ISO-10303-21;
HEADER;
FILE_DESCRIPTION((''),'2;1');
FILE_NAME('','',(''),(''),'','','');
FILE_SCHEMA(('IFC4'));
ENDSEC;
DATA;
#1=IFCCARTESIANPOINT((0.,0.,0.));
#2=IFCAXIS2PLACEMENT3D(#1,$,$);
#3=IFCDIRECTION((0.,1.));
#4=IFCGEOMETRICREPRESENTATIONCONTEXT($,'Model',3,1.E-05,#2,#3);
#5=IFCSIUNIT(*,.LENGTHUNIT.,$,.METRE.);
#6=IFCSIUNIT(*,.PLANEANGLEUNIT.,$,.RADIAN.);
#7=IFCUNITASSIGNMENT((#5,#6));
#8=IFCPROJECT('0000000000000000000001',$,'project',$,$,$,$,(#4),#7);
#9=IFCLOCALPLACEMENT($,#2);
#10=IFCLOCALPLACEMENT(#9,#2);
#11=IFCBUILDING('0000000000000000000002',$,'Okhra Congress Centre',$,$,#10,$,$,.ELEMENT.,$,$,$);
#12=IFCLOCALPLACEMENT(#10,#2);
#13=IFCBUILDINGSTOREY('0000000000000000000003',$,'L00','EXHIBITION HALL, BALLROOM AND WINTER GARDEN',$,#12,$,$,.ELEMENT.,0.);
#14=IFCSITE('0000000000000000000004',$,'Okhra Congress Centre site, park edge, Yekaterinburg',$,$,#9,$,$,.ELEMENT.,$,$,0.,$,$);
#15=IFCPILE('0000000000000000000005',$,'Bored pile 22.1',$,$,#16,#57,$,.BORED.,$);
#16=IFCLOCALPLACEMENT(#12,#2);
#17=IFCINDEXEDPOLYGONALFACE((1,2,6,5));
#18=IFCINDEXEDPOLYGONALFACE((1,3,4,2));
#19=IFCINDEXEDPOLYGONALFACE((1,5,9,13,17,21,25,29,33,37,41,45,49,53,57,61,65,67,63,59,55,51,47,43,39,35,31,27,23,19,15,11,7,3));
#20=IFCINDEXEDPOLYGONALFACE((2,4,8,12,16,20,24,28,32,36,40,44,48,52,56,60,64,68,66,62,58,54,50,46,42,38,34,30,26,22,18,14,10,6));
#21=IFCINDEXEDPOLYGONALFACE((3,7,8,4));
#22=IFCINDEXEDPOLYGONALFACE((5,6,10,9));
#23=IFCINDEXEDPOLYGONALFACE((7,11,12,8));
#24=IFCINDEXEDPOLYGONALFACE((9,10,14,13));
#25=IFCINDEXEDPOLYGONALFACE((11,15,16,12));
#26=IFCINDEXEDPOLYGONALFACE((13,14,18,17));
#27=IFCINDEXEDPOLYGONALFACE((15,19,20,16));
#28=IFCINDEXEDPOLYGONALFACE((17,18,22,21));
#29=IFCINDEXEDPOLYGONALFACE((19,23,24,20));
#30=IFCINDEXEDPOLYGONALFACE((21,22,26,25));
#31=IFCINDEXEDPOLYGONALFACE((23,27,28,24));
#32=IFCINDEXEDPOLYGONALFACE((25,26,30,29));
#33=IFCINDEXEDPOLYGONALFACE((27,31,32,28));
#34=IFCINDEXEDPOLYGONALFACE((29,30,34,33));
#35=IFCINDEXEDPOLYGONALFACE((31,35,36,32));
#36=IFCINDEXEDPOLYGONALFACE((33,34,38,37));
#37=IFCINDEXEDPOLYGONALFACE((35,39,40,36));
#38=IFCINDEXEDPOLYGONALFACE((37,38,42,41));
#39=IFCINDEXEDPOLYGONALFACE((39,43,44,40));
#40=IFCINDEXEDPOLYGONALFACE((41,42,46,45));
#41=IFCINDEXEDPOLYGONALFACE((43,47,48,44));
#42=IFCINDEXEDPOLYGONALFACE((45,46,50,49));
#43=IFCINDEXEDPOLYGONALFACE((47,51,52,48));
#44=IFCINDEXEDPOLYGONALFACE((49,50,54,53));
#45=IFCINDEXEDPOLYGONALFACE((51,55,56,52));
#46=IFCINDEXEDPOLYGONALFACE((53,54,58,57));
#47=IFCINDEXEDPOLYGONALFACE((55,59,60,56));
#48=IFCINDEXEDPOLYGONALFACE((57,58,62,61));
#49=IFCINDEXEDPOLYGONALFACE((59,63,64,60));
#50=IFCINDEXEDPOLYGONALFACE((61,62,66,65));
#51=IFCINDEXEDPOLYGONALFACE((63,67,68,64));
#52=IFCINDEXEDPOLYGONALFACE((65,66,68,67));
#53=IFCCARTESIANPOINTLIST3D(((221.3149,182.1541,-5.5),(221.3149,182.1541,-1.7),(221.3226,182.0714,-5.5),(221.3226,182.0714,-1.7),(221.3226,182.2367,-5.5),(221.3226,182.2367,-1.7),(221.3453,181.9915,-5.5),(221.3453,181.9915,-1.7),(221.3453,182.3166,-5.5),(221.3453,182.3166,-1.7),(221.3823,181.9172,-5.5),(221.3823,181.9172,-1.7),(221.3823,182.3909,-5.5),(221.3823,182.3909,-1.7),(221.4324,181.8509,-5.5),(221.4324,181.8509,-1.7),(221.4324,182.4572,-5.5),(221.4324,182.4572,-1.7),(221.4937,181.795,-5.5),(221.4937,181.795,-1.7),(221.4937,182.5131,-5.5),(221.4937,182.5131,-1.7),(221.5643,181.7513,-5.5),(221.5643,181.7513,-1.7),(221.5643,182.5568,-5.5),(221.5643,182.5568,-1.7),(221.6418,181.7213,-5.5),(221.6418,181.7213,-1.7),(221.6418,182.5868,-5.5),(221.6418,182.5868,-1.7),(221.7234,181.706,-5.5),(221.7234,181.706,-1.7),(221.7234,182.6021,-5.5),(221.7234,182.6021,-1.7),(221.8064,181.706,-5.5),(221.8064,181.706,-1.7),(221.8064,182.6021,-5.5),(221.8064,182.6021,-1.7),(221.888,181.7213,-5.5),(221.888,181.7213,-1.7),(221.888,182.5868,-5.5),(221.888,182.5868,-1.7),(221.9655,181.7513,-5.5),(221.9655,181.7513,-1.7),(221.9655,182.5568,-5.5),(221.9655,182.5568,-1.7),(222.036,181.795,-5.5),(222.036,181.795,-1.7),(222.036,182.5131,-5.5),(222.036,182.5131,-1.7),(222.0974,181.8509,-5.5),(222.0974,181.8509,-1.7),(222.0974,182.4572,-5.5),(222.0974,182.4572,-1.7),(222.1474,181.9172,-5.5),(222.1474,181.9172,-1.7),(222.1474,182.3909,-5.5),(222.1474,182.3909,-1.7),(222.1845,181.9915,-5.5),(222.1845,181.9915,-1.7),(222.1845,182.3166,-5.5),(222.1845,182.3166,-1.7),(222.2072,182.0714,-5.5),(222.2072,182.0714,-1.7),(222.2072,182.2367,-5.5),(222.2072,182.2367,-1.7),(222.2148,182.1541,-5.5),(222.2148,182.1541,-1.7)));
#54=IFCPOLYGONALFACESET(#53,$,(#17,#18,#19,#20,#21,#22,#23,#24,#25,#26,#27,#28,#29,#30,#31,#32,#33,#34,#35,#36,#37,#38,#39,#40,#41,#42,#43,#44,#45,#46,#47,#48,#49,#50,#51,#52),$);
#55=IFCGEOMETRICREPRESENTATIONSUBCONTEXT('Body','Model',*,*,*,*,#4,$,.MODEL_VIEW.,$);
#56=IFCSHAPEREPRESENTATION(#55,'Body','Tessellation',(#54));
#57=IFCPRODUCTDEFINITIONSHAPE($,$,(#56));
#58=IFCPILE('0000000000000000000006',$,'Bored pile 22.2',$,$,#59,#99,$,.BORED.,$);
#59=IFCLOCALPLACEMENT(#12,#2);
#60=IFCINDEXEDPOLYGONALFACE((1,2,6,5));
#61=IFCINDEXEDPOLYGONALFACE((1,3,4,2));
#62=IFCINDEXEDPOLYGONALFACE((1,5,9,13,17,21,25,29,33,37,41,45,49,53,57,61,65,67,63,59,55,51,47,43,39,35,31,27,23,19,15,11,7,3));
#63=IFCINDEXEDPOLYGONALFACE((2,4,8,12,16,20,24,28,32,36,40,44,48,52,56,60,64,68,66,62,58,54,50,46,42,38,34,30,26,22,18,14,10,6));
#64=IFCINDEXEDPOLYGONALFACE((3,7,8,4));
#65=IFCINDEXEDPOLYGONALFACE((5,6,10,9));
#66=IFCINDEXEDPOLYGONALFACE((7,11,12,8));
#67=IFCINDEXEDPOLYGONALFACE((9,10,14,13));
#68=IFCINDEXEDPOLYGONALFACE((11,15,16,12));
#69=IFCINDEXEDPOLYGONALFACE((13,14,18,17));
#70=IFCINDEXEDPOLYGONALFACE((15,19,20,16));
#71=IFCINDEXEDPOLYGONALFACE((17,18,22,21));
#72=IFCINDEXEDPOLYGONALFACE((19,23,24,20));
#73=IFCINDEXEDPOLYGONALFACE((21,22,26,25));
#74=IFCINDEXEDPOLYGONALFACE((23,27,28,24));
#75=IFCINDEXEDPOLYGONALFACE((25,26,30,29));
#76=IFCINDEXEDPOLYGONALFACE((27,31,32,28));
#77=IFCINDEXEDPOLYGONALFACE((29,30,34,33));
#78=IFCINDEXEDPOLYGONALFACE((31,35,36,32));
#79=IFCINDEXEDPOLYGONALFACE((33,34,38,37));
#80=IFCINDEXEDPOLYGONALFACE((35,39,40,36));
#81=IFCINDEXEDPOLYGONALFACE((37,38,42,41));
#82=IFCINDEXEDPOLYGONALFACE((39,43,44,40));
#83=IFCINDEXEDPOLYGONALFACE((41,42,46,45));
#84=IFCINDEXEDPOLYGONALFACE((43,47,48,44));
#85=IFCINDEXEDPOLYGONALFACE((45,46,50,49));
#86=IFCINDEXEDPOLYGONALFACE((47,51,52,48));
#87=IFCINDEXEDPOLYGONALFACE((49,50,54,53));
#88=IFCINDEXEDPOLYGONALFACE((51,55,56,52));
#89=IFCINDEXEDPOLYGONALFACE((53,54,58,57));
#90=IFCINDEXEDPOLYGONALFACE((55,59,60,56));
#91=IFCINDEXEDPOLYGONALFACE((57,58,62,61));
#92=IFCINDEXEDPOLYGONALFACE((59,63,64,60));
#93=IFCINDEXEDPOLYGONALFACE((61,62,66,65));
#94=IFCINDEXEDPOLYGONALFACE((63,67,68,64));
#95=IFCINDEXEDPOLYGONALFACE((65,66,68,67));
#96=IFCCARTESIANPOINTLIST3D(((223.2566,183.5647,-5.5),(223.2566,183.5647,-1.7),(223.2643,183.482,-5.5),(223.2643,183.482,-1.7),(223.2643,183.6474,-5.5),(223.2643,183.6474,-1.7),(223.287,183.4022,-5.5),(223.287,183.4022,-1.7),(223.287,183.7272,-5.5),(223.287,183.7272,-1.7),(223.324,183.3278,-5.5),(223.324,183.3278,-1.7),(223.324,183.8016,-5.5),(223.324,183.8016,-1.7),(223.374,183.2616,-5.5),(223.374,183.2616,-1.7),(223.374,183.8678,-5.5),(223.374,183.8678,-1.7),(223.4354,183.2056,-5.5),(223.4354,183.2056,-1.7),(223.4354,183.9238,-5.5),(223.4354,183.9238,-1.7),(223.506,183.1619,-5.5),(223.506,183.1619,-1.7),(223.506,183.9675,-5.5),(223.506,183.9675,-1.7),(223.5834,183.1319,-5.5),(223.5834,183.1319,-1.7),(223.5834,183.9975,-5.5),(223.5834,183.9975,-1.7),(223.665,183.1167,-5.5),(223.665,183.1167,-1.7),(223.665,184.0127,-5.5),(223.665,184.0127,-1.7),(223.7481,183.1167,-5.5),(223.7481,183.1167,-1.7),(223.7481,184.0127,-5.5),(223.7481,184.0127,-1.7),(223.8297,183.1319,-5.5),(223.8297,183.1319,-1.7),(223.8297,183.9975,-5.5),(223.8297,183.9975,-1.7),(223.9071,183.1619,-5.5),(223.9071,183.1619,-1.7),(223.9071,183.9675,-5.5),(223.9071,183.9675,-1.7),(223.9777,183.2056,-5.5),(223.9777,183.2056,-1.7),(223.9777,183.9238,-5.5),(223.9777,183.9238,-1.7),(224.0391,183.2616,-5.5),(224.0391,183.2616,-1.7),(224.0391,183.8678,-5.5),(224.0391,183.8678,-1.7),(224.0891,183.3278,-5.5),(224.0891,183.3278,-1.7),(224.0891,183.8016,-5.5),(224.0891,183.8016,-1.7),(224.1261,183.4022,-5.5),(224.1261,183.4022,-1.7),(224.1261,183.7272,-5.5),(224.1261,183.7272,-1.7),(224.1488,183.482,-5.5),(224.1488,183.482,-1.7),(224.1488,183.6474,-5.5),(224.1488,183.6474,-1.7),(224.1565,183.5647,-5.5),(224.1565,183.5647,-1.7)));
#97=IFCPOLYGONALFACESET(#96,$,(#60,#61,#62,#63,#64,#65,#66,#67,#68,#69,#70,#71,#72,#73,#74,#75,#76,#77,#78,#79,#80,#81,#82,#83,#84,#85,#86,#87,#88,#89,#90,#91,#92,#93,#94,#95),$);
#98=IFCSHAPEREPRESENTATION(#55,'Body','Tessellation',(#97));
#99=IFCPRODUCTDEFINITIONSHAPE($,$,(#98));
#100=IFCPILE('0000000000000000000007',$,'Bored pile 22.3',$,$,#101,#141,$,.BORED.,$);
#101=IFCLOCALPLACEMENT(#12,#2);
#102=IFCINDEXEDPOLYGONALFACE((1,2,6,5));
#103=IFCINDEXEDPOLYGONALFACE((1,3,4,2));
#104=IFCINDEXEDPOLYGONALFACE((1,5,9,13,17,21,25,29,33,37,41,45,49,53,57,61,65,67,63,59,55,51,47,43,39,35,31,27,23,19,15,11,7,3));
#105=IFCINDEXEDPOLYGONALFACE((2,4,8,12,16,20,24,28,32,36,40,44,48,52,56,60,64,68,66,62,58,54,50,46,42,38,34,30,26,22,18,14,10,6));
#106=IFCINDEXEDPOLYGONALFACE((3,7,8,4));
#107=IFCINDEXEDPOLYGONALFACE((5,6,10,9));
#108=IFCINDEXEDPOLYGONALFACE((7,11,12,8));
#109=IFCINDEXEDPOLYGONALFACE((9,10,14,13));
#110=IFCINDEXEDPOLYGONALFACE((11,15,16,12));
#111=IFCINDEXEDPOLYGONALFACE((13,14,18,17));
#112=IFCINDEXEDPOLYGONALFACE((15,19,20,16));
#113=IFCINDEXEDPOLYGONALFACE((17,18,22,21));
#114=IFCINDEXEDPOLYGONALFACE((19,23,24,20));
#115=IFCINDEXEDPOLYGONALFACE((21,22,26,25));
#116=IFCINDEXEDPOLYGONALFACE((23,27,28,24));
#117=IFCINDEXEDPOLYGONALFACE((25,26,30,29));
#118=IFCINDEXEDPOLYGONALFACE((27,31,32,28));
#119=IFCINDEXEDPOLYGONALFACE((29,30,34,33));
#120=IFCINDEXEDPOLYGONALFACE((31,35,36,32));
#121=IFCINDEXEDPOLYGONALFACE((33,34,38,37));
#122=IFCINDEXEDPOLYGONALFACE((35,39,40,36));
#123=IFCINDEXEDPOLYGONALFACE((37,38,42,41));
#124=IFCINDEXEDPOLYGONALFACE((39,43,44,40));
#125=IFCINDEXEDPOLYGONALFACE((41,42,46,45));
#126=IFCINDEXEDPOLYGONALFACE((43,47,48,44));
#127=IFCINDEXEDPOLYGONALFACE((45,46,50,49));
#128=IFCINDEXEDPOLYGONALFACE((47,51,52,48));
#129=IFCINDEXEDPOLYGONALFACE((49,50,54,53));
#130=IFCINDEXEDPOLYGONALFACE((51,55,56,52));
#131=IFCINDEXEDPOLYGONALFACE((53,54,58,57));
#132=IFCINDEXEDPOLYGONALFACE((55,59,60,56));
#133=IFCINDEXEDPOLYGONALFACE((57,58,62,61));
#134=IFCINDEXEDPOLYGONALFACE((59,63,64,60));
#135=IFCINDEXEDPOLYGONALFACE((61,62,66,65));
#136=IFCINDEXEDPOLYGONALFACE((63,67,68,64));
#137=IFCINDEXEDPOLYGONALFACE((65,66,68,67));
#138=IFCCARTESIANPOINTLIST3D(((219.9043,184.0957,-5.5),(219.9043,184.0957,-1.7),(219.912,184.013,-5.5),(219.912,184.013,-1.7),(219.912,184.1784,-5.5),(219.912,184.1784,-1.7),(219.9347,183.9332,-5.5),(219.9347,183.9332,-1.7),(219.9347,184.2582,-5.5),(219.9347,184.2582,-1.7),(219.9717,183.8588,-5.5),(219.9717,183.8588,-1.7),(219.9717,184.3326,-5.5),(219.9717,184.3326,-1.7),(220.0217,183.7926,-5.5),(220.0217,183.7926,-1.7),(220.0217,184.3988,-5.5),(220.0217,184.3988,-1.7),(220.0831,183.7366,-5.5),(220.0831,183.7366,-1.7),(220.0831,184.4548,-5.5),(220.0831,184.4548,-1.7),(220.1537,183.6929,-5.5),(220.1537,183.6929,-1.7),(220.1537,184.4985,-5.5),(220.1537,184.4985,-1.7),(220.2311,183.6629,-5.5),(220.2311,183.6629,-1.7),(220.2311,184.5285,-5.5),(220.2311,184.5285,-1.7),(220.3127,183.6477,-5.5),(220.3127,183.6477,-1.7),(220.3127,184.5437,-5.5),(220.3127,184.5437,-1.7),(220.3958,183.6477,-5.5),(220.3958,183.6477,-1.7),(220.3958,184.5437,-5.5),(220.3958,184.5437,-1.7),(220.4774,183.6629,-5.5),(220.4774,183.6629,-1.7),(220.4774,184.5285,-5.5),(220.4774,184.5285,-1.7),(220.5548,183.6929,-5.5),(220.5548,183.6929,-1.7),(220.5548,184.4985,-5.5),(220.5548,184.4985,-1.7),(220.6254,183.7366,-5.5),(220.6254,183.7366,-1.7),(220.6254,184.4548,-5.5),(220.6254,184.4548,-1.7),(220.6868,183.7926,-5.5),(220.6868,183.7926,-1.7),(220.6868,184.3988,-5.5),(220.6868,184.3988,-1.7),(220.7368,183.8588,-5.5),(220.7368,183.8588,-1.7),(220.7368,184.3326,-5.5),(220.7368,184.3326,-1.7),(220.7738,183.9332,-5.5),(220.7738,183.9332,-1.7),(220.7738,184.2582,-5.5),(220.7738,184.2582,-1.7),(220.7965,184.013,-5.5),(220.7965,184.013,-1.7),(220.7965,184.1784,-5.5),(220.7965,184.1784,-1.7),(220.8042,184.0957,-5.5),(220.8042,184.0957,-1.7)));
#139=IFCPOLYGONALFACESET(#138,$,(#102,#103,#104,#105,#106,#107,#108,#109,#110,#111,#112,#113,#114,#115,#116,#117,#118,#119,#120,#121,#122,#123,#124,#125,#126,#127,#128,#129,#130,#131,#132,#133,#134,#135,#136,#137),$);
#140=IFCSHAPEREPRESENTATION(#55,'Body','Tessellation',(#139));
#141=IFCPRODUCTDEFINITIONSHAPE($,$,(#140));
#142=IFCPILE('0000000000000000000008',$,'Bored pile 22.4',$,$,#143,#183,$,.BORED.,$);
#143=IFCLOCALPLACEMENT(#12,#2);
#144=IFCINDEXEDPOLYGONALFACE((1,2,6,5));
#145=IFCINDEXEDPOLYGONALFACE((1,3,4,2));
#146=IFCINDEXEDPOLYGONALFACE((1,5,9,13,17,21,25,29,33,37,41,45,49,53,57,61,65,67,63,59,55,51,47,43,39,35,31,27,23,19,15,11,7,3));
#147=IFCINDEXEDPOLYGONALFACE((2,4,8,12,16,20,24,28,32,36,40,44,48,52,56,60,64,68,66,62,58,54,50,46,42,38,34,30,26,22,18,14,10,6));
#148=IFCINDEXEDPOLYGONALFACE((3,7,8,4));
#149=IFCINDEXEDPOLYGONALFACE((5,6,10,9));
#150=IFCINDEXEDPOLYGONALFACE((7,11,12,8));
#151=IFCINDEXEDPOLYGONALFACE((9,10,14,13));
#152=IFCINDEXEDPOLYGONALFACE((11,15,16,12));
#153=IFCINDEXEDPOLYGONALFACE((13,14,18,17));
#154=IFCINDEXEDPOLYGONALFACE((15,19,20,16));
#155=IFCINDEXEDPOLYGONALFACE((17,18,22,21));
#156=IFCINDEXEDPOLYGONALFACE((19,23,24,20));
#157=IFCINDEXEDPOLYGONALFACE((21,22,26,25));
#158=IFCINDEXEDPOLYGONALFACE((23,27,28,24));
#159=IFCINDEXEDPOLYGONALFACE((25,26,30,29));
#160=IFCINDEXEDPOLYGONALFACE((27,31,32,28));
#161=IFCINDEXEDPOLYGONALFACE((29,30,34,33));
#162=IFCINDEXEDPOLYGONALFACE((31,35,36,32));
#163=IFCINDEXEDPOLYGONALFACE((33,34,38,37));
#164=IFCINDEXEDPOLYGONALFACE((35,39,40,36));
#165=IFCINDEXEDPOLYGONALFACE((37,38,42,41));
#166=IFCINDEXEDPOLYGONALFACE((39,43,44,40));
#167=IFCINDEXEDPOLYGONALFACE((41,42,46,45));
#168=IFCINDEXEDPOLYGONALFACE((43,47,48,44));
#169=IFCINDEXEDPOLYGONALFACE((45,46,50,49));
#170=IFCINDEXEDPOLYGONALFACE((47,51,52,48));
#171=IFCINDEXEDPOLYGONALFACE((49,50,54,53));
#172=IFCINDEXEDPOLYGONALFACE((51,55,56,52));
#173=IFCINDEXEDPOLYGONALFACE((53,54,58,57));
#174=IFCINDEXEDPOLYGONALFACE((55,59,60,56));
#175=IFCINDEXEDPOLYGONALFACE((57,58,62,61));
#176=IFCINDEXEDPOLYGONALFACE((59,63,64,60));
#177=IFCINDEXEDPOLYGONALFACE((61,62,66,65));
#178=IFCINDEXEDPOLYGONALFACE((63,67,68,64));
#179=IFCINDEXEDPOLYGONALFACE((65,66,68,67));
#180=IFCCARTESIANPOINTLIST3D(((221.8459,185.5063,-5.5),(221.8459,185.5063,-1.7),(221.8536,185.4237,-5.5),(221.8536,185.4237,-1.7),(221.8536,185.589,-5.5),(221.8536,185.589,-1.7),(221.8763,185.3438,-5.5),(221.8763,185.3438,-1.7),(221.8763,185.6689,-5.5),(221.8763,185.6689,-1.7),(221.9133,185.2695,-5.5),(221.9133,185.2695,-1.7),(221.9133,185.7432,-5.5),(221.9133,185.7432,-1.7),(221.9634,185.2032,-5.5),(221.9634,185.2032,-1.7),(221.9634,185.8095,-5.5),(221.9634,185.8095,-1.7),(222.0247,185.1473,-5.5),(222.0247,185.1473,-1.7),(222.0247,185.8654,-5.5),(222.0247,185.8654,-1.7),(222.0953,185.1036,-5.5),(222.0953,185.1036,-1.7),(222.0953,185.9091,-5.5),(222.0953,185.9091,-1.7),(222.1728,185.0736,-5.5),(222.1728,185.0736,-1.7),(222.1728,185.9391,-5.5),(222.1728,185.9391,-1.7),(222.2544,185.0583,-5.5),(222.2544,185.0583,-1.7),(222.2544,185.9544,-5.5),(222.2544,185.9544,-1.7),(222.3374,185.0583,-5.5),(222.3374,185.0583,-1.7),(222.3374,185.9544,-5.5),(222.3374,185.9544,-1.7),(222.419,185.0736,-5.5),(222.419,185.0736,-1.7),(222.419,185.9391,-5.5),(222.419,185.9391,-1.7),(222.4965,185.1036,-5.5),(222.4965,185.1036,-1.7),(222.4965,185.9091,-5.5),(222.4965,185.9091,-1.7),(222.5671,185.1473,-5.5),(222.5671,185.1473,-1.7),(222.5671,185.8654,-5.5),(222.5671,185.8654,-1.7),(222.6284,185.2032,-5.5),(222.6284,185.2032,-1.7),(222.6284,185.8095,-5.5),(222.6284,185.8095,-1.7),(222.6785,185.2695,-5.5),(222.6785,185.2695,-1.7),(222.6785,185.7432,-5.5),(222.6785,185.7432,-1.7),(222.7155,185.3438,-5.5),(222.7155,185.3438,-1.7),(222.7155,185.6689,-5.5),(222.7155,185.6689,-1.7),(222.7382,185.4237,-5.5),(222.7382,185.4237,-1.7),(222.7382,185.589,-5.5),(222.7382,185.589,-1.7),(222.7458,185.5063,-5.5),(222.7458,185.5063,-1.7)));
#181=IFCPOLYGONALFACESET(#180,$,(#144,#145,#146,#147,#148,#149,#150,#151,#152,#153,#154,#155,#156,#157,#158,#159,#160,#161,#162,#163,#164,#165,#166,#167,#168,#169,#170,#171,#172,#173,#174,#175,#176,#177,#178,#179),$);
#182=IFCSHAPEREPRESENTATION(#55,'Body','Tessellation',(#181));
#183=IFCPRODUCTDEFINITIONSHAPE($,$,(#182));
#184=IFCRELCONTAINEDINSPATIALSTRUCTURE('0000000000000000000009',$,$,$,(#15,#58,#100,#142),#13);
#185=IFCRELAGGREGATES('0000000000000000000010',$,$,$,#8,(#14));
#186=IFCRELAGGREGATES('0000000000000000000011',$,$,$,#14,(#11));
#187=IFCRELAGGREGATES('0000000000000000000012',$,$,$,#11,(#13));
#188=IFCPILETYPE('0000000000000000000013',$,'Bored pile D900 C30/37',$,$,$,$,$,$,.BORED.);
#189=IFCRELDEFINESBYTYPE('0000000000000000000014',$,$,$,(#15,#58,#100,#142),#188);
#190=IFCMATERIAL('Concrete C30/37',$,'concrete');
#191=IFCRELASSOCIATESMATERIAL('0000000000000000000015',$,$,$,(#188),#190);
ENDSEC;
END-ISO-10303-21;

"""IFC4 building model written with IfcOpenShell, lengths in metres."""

from ifc_helpers import new_model, si_unit, direction, frame, origin, origin_2d, place, context, subcontext, project, spatial, circle, extrude, material, material_profile, profile_set, type_object, element, save


model = new_model("IFC4")

# Units and contexts
model_context = context("Model", 3, precision=1e-05, world=origin(), true_north=direction((0.0, 1.0)))
body_context = subcontext(model_context, "Body", "Model", "MODEL_VIEW")
ifc_project = project(units=[si_unit("LENGTHUNIT", "METRE"), si_unit("PLANEANGLEUNIT", "RADIAN")], contexts=[model_context])

# Site, building, storey
site_placement = place(None, origin())
site = spatial("IfcSite", under=ifc_project, at=site_placement, Name="Okhra Congress Centre site, park edge, Yekaterinburg", CompositionType="ELEMENT", RefElevation=0.0)
building_placement = place(site_placement, origin())
building = spatial("IfcBuilding", under=site, at=building_placement, Name="Okhra Congress Centre", CompositionType="ELEMENT")
storey_placement = place(building_placement, origin())
storey = spatial("IfcBuildingStorey", under=building, at=storey_placement, Name="L00", Description="EXHIBITION HALL, BALLROOM AND WINTER GARDEN", CompositionType="ELEMENT", Elevation=0.0)

# Piles
ifc_material_1 = material(Name="Concrete C30/37", Category="concrete")
ifc_material_profile_1 = material_profile(ifc_material_1, circle(Radius=0.45, at=origin_2d()), Name="D900")
ifc_profile_set_1 = profile_set([ifc_material_profile_1], Name="Concrete C30/37")
pile_type = type_object("IfcPileType", Name="Bored pile D900 C30/37", PredefinedType="BORED", material=ifc_profile_set_1)
for number, where, z_axis, x_axis, name in (
    (1, (221.7649, 182.1541, -1.7), (0.0, 0.0, -1.0), (1.0, 0.0, 0.0), "Bored pile 22.1"),
    (2, (223.7065, 183.5647, -1.7), (0.0, 0.0, -1.0), (1.0, 0.0, 0.0), "Bored pile 22.2"),
    (3, (220.3542, 184.0957, -1.7), (0.0, 0.0, -1.0), (1.0, 0.0, 0.0), "Bored pile 22.3"),
    (4, (222.2959, 185.5063, -1.7), (0.0, 0.0, -1.0), (1.0, 0.0, 0.0), "Bored pile 22.4"),
):
    element("IfcPile", number, at=place(storey_placement, frame(where, z_axis=z_axis, x_axis=x_axis)), inside=storey, type_object=pile_type, Name=name, PredefinedType="BORED", context=body_context, shape_type="SweptSolid", body=[
        extrude(circle(Radius=0.45, at=origin_2d()), origin(), (0.0, 0.0, 1.0), 3.8),
    ])

save(model, "model.ifc")
